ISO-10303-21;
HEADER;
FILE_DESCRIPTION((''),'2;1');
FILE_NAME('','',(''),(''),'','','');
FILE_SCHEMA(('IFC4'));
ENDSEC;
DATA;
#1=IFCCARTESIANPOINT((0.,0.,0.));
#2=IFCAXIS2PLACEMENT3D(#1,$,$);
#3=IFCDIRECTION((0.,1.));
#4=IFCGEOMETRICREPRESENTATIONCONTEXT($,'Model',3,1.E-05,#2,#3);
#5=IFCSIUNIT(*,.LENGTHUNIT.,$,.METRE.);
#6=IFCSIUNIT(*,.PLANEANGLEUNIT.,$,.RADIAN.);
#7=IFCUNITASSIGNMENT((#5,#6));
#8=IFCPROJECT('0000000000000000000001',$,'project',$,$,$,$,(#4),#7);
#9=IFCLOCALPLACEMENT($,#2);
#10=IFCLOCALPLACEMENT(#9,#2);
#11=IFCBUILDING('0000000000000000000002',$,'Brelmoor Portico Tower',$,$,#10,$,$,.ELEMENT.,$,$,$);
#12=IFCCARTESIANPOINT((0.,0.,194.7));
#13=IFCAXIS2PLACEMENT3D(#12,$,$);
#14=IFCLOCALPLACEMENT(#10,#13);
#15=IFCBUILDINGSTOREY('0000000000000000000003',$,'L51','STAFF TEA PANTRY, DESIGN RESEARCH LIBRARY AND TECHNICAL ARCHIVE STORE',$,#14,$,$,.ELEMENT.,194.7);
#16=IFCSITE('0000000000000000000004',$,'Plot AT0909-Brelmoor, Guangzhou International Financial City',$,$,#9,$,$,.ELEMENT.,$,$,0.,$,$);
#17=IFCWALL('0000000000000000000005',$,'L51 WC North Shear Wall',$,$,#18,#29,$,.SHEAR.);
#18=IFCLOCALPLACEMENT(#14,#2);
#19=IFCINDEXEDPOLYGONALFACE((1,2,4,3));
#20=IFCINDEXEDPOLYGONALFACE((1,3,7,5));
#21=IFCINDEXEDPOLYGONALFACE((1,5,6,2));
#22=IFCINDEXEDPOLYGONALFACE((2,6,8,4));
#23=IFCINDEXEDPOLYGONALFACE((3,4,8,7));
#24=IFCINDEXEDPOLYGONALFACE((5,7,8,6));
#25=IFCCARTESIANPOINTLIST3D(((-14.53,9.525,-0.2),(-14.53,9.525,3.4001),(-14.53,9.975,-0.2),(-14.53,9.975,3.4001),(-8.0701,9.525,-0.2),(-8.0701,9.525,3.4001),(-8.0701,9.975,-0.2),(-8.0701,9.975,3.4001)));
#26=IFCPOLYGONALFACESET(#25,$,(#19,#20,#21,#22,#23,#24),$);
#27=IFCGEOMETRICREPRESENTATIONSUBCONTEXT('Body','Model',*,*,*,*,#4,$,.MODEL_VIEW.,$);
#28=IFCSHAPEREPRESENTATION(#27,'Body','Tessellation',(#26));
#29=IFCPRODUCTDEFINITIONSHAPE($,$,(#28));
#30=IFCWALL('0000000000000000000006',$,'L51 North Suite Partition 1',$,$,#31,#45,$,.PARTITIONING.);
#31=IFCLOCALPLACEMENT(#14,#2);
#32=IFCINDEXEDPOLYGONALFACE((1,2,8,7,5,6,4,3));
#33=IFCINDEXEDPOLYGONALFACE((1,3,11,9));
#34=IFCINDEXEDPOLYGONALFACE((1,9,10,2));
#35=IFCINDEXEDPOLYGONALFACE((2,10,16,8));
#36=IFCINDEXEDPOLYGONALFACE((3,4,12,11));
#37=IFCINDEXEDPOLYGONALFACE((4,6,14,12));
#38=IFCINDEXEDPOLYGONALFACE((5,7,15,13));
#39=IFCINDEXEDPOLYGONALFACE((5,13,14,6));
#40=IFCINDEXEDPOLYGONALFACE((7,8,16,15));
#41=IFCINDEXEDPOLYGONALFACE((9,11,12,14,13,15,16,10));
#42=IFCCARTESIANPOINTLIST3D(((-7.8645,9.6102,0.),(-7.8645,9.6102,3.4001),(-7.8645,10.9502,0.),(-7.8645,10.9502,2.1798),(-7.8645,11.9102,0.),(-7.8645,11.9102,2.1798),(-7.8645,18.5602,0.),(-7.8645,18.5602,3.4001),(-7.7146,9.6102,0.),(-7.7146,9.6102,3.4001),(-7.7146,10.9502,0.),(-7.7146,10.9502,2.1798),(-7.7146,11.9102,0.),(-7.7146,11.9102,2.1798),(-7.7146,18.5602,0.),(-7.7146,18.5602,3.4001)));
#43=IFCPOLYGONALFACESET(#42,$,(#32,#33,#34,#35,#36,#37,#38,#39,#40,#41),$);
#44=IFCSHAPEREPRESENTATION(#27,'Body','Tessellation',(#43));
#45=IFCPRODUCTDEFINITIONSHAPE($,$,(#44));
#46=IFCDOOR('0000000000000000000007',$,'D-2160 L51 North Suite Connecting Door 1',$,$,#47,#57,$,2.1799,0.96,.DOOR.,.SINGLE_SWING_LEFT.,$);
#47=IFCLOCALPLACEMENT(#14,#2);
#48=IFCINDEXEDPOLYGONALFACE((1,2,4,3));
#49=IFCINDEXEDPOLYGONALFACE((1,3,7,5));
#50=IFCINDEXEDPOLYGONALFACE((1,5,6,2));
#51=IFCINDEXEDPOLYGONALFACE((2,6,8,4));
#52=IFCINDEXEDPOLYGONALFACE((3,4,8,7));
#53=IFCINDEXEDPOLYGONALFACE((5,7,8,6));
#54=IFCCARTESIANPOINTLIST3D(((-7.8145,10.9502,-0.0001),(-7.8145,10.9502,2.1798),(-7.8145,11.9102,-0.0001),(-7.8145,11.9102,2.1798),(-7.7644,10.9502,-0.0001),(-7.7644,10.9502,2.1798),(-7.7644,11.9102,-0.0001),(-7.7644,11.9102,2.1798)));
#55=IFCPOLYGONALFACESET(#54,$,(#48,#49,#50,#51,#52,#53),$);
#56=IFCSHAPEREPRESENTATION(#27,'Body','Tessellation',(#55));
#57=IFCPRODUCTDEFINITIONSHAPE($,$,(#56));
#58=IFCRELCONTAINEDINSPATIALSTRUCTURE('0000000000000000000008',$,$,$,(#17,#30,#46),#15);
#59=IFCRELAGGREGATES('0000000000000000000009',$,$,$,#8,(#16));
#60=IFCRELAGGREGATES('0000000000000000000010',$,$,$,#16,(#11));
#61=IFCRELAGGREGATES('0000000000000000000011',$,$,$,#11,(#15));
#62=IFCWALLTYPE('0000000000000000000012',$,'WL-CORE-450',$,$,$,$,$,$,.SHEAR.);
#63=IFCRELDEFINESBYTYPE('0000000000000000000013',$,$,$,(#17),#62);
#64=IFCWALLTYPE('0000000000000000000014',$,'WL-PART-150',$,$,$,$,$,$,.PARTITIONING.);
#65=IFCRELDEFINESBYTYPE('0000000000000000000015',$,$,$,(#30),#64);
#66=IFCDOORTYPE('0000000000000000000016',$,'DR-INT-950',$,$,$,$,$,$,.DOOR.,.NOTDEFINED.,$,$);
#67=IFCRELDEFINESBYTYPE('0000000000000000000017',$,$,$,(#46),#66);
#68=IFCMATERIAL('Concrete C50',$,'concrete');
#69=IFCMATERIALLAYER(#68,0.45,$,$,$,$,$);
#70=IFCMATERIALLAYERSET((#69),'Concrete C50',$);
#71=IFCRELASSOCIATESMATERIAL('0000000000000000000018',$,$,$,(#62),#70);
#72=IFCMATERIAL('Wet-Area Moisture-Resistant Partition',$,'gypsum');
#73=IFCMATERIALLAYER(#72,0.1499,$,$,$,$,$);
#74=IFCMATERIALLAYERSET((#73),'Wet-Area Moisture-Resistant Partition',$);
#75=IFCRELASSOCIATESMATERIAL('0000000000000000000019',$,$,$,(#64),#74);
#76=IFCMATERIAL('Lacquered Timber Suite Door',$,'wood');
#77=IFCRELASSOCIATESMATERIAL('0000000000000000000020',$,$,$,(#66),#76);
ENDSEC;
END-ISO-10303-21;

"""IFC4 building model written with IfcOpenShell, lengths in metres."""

from ifc_helpers import new_model, si_unit, direction, frame, frame_2d, origin, place, context, subcontext, project, spatial, rectangle, extrude, material, layer, layer_set, type_object, element, fill, save


model = new_model("IFC4")

# Units and contexts
model_context = context("Model", 3, precision=1e-05, world=origin(), true_north=direction((0.0, 1.0)))
body_context = subcontext(model_context, "Body", "Model", "MODEL_VIEW")
ifc_project = project(units=[si_unit("LENGTHUNIT", "METRE"), si_unit("PLANEANGLEUNIT", "RADIAN")], contexts=[model_context])

# Site, building, storey
site_placement = place(None, origin())
site = spatial("IfcSite", under=ifc_project, at=site_placement, Name="Plot AT0909-Brelmoor, Guangzhou International Financial City", CompositionType="ELEMENT", RefElevation=0.0)
building_placement = place(site_placement, origin())
building = spatial("IfcBuilding", under=site, at=building_placement, Name="Brelmoor Portico Tower", CompositionType="ELEMENT")
storey_placement = place(building_placement, frame((0.0, 0.0, 194.7)))
storey = spatial("IfcBuildingStorey", under=building, at=storey_placement, Name="L51", Description="STAFF TEA PANTRY, DESIGN RESEARCH LIBRARY AND TECHNICAL ARCHIVE STORE", CompositionType="ELEMENT", Elevation=194.7)

# Wall
ifc_material_1 = material(Name="Concrete C50", Category="concrete")
ifc_layer_1 = layer(ifc_material_1, 0.45)
ifc_layer_set_1 = layer_set([ifc_layer_1], Name="Concrete C50")
wall_type_1 = type_object("IfcWallType", Name="WL-CORE-450", PredefinedType="SHEAR", material=ifc_layer_set_1)
wall_1_placement = place(storey_placement, frame((-14.53, 9.75, -0.2), z_axis=(0.0, 0.0, 1.0), x_axis=(1.0, 0.0, 0.0)))
element("IfcWall", 1, at=wall_1_placement, inside=storey, type_object=wall_type_1, Name="L51 WC North Shear Wall", PredefinedType="SHEAR", context=body_context, shape_type="SweptSolid", body=[
    extrude(rectangle(XDim=6.46, YDim=0.45, at=frame_2d((3.23, 0.0))), origin(), (0.0, 0.0, 1.0), 3.6001),
])

# Wall, opening, door
ifc_material_2 = material(Name="Wet-Area Moisture-Resistant Partition", Category="gypsum")
ifc_layer_2 = layer(ifc_material_2, 0.1499)
ifc_layer_set_2 = layer_set([ifc_layer_2], Name="Wet-Area Moisture-Resistant Partition")
wall_type_2 = type_object("IfcWallType", Name="WL-PART-150", PredefinedType="PARTITIONING", material=ifc_layer_set_2)
wall_2_placement = place(storey_placement, frame((-7.7896, 9.6101, 0.0), z_axis=(0.0, 0.0, 1.0), x_axis=(0.0, 1.0, 0.0)))
wall_2 = element("IfcWall", 2, at=wall_2_placement, inside=storey, type_object=wall_type_2, Name="L51 North Suite Partition 1", PredefinedType="PARTITIONING", context=body_context, shape_type="SweptSolid", body=[
    extrude(rectangle(XDim=8.95, YDim=0.1499, at=frame_2d((4.4751, 0.0))), origin(), (0.0, 0.0, 1.0), 3.4001),
])
opening_placement = place(wall_2_placement, frame((1.3401, 0.0, 0.0)))
opening = element("IfcOpeningElement", 3, at=opening_placement, cuts=wall_2, PredefinedType="OPENING", context=body_context, shape_type="SweptSolid", body=[
    extrude(rectangle(XDim=0.96, YDim=2.1799, at=frame_2d((0.48, 1.0898))), frame((0.0, 0.085, 0.0), z_axis=(0.0, -1.0, 0.0), x_axis=(1.0, 0.0, 0.0)), (0.0, 0.0, 1.0), 0.1699),
])
ifc_material_3 = material(Name="Lacquered Timber Suite Door", Category="wood")
door_type = type_object("IfcDoorType", Name="DR-INT-950", OperationType="NOTDEFINED", PredefinedType="DOOR", material=ifc_material_3)
door_placement = place(opening_placement, origin())
door = element("IfcDoor", 4, at=door_placement, inside=storey, type_object=door_type, Name="D-2160 L51 North Suite Connecting Door 1", OperationType="SINGLE_SWING_LEFT", OverallHeight=2.1799, OverallWidth=0.96, PredefinedType="DOOR", context=body_context, shape_type="SweptSolid", body=[
    extrude(rectangle(XDim=0.96, YDim=2.1799, at=frame_2d((0.48, 1.0898))), frame((0.0, 0.0249, 0.0), z_axis=(0.0, -1.0, 0.0), x_axis=(1.0, 0.0, 0.0)), (0.0, 0.0, 1.0), 0.05),
])
fill(opening, door)

save(model, "model.ifc")
